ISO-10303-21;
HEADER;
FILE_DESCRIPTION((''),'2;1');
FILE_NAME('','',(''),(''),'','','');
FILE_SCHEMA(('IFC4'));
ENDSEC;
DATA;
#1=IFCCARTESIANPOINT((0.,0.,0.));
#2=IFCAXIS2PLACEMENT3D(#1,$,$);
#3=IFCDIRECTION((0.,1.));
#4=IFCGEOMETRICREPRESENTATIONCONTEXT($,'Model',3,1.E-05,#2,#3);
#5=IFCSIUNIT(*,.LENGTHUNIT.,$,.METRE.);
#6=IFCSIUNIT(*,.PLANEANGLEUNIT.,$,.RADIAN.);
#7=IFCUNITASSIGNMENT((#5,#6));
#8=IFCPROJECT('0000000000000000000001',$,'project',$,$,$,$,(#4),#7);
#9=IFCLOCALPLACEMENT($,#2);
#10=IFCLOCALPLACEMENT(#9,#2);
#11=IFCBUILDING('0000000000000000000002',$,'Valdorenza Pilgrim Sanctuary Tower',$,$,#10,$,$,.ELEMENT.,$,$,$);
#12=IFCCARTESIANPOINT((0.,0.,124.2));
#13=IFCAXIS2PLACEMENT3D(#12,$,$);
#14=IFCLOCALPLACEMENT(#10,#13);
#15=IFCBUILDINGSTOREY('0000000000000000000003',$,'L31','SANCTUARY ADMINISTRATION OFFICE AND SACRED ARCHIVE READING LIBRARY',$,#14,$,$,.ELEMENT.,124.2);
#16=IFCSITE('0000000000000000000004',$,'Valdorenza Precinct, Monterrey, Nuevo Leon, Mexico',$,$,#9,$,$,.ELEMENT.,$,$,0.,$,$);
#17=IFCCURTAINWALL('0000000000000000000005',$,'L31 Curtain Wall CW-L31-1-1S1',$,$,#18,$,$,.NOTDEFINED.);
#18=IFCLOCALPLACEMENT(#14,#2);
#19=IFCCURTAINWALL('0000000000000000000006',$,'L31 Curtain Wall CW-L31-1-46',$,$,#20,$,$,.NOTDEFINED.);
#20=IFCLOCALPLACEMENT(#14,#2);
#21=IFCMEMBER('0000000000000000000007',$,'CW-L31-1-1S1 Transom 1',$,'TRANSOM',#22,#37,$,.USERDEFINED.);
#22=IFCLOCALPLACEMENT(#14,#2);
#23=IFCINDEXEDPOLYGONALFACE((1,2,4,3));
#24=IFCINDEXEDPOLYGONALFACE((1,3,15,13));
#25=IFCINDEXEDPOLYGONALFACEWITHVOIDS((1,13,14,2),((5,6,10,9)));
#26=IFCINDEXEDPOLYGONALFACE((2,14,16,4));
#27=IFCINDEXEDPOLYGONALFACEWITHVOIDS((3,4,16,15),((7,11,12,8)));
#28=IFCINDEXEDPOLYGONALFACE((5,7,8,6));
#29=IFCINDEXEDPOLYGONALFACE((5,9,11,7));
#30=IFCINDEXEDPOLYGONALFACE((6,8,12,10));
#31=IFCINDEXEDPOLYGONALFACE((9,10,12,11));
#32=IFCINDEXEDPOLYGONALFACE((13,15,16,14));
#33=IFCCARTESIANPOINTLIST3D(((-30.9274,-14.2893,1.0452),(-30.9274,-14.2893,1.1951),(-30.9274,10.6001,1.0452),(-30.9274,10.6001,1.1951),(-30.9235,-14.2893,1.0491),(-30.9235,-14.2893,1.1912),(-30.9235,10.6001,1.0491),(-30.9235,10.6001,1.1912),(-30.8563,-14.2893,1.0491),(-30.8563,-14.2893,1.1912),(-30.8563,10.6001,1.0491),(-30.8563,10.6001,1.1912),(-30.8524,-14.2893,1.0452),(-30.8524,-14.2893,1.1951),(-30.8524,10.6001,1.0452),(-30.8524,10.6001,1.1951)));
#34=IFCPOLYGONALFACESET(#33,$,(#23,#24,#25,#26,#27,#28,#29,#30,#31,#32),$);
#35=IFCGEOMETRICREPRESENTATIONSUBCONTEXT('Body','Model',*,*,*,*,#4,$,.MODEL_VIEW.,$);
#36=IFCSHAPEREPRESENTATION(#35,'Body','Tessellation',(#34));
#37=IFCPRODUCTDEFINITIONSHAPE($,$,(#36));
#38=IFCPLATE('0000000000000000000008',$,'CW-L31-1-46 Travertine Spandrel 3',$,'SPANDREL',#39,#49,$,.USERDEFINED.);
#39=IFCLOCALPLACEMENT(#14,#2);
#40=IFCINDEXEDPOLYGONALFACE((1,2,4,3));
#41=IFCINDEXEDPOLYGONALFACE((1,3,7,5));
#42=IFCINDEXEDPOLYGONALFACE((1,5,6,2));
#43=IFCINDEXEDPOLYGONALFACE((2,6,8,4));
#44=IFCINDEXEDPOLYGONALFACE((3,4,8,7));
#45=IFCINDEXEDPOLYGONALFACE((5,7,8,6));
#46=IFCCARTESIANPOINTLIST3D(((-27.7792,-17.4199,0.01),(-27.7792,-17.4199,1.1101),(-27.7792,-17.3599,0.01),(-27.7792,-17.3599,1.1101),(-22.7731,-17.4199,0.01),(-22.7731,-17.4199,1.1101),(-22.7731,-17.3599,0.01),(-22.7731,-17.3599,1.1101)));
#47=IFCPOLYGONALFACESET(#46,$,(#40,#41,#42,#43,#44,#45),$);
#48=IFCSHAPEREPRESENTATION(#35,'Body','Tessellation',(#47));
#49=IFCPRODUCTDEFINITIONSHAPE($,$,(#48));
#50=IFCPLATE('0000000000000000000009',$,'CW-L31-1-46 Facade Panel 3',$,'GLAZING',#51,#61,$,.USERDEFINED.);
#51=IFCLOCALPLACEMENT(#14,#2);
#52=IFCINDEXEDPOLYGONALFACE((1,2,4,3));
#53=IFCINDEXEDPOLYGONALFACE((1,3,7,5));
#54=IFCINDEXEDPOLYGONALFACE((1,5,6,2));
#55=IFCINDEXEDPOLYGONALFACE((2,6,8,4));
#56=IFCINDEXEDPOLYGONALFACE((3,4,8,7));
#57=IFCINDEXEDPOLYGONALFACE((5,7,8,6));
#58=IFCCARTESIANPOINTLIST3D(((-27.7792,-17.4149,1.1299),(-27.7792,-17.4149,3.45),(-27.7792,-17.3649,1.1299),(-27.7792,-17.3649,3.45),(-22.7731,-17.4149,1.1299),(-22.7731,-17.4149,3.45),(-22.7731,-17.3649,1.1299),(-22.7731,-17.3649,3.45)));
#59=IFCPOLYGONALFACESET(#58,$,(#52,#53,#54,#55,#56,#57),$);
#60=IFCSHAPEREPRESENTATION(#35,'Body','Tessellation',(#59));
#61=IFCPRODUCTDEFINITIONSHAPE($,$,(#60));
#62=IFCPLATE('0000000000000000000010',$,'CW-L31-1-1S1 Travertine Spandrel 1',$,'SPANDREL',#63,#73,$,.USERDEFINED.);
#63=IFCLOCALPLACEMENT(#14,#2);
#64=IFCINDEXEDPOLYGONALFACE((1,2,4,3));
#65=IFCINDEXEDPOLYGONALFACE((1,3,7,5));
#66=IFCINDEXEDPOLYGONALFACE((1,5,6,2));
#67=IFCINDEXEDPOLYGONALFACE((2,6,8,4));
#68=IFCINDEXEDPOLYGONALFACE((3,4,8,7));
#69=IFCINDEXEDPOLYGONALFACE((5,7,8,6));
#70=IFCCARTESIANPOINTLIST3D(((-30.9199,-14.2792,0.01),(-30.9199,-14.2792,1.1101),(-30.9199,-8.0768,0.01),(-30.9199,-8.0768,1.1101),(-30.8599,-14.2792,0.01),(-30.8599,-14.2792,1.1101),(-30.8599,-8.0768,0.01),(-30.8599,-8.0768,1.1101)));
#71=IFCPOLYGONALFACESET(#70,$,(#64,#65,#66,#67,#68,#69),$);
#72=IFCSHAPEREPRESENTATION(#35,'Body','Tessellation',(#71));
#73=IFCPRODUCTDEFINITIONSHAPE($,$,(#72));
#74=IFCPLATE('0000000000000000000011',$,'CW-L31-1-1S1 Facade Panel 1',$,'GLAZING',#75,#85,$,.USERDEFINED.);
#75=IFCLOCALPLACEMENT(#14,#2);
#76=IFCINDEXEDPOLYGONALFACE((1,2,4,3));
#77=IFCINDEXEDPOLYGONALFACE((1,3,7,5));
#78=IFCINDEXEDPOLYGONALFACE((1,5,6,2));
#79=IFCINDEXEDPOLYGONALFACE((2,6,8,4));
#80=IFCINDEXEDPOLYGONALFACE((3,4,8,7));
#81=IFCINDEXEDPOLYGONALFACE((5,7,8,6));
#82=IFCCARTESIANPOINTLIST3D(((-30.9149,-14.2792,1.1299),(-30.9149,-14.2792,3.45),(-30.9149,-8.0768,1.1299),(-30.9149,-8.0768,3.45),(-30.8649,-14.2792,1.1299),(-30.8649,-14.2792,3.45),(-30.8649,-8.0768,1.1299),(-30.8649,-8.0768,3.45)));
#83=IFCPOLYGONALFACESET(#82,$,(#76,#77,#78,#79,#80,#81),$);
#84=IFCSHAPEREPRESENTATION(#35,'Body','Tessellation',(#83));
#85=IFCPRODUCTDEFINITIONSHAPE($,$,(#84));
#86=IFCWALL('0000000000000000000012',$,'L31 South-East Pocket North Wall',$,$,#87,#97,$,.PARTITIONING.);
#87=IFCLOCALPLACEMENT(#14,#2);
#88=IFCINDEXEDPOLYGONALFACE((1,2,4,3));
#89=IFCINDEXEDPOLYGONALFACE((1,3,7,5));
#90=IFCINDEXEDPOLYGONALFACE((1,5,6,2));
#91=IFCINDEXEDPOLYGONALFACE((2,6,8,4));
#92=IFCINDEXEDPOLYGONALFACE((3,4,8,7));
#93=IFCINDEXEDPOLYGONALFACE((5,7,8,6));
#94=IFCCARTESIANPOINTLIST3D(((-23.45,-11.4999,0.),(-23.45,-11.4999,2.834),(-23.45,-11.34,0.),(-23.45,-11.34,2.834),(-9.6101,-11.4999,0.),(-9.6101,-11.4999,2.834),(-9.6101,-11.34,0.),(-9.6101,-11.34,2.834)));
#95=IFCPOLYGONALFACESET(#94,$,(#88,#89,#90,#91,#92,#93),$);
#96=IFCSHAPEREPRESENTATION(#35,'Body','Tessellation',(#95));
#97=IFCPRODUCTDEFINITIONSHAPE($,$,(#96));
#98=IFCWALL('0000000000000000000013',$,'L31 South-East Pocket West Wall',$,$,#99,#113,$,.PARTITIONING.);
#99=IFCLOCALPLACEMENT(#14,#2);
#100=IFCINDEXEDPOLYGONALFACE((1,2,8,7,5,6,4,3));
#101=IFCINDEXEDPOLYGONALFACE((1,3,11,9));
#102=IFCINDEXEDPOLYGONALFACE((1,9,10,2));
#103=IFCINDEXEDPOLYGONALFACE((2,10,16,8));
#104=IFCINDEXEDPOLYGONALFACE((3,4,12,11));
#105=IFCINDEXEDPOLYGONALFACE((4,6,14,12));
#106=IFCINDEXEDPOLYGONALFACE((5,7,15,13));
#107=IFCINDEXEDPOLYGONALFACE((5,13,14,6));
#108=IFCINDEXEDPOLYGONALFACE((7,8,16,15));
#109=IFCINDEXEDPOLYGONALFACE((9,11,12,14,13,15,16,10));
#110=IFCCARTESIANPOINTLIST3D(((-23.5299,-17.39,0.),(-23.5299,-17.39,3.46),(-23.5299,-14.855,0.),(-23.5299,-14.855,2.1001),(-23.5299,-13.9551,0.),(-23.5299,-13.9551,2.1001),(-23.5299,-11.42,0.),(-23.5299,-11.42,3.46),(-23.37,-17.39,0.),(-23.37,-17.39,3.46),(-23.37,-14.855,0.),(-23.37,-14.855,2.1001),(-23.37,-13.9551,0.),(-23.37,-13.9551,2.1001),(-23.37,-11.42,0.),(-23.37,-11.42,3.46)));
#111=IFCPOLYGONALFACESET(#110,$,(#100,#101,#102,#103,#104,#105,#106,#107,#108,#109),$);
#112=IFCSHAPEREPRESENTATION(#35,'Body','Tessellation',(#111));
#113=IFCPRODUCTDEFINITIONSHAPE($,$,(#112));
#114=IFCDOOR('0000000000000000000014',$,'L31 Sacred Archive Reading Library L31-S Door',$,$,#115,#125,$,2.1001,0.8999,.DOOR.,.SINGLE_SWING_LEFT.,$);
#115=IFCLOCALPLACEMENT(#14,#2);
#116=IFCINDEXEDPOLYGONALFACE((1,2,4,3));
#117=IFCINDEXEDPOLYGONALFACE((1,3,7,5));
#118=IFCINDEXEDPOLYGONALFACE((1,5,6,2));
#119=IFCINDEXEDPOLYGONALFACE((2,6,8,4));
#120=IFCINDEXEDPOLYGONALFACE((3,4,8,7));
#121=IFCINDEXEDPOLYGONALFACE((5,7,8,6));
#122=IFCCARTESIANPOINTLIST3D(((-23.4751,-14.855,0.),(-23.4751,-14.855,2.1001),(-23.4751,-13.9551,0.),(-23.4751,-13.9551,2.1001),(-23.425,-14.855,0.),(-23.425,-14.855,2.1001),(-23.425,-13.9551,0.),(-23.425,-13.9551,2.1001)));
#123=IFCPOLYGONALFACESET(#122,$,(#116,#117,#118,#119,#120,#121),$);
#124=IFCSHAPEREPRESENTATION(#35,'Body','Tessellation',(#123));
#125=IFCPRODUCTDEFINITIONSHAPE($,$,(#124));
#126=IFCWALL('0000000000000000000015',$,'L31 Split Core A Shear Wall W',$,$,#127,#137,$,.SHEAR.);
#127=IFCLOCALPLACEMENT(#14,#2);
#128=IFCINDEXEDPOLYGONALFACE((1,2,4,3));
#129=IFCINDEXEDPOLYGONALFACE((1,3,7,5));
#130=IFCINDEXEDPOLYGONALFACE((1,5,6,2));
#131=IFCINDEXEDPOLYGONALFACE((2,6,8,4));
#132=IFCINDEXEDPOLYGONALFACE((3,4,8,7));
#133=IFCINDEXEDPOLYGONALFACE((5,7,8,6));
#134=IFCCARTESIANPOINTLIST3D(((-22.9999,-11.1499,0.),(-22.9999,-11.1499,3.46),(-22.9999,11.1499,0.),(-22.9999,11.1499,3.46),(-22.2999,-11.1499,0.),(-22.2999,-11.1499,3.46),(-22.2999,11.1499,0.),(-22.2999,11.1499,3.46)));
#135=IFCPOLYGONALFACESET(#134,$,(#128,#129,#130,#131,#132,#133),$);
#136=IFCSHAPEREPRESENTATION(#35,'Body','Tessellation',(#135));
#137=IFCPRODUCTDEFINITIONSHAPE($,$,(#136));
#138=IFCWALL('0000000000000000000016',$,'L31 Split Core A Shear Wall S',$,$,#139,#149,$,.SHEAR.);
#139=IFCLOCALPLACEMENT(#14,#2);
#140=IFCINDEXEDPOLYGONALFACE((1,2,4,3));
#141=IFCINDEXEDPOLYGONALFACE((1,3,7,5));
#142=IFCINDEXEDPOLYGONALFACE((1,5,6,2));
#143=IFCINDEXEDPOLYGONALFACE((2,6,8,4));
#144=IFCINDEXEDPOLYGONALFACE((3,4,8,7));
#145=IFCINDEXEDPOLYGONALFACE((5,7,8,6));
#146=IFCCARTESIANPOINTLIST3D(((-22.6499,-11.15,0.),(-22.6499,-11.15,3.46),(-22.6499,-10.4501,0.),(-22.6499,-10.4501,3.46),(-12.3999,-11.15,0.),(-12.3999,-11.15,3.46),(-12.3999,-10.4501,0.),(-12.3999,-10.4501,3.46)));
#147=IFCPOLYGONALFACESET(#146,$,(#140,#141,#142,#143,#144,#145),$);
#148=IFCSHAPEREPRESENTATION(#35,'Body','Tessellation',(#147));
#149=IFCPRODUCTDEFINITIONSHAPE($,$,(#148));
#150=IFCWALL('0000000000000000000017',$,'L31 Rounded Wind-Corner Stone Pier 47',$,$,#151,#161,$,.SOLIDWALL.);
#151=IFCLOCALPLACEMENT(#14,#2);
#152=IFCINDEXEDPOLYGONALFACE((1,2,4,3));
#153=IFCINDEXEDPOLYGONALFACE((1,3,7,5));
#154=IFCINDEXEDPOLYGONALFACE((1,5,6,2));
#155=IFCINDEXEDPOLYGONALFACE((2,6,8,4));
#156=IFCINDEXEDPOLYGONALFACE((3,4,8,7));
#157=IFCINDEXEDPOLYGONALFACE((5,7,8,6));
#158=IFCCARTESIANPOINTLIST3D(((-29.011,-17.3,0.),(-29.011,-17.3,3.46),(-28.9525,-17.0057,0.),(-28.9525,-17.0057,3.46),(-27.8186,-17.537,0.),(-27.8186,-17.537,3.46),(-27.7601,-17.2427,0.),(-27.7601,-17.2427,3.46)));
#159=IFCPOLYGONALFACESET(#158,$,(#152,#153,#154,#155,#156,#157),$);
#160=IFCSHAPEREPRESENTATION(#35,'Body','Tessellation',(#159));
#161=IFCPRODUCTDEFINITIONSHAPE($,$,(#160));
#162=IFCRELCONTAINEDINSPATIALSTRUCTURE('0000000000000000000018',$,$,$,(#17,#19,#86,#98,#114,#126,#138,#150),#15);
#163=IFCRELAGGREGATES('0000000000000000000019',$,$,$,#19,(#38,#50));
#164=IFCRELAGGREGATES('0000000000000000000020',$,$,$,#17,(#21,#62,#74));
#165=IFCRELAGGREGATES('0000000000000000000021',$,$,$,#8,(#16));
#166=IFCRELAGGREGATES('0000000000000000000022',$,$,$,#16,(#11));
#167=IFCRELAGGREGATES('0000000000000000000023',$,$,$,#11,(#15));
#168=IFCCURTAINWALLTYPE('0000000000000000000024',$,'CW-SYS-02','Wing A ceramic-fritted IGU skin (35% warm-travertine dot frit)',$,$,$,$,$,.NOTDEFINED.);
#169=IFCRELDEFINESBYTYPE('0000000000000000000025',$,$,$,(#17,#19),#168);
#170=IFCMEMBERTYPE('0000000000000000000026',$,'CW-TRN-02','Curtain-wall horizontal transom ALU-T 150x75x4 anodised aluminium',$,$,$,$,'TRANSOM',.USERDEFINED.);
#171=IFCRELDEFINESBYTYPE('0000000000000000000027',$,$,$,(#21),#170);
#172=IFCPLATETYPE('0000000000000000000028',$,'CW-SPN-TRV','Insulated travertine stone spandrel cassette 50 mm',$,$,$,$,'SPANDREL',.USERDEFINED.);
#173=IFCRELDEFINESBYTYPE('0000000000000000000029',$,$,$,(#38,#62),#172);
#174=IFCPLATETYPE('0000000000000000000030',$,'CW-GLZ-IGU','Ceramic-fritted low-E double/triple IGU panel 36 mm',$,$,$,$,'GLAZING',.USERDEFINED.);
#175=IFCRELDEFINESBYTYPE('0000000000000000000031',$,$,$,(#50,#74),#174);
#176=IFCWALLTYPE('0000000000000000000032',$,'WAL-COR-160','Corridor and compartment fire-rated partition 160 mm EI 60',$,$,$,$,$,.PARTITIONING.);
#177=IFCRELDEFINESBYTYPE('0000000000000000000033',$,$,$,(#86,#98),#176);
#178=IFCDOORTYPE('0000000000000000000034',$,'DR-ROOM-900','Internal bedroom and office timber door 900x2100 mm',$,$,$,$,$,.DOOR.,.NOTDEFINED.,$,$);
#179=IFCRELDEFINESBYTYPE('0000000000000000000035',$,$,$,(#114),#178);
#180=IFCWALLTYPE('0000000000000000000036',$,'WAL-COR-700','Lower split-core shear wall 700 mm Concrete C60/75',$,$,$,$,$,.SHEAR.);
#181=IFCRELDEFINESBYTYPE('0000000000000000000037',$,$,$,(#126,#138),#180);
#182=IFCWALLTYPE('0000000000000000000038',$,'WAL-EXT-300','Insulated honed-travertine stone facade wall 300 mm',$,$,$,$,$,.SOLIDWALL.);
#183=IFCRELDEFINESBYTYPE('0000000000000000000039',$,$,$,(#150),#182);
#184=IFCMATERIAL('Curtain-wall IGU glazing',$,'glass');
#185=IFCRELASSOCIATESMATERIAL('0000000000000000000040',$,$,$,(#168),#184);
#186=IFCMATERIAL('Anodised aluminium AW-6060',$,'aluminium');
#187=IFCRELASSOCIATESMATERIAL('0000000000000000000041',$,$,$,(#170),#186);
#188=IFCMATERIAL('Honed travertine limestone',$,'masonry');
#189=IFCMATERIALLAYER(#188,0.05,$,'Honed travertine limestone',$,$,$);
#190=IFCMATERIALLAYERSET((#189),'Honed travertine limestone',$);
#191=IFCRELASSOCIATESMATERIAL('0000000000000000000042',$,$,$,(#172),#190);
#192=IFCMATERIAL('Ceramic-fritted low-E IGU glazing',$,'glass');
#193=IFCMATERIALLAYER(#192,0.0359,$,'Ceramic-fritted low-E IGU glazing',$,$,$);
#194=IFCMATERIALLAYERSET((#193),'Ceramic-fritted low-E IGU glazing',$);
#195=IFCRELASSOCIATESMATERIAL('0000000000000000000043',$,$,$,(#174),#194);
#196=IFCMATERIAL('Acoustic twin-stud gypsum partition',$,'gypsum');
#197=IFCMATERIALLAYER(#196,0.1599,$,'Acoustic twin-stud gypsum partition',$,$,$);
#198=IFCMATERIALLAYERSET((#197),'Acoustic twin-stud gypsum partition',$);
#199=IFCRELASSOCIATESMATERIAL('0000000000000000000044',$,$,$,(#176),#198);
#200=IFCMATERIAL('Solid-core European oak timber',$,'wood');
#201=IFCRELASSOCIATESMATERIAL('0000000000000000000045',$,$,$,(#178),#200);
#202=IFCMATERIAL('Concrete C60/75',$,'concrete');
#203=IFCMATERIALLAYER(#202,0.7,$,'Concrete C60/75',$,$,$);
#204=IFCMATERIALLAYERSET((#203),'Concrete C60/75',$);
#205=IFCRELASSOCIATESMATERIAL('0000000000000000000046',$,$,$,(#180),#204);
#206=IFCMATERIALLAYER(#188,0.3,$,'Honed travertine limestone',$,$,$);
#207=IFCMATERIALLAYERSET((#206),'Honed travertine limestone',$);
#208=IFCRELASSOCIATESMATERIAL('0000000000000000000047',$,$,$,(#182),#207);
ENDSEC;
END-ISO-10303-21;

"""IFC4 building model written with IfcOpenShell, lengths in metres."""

from ifc_helpers import new_model, si_unit, direction, frame, frame_2d, origin, origin_2d, place, context, subcontext, project, spatial, rectangle, hollow_rectangle, extrude, source, transform, mapped, material, layer, layer_set, material_profile, profile_set, type_object, element, fill, aggregate, save


model = new_model("IFC4")

# Units and contexts
model_context = context("Model", 3, precision=1e-05, world=origin(), true_north=direction((0.0, 1.0)))
body_context = subcontext(model_context, "Body", "Model", "MODEL_VIEW")
ifc_project = project(units=[si_unit("LENGTHUNIT", "METRE"), si_unit("PLANEANGLEUNIT", "RADIAN")], contexts=[model_context])

# Site, building, storey
site_placement = place(None, origin())
site = spatial("IfcSite", under=ifc_project, at=site_placement, Name="Valdorenza Precinct, Monterrey, Nuevo Leon, Mexico", CompositionType="ELEMENT", RefElevation=0.0)
building_placement = place(site_placement, origin())
building = spatial("IfcBuilding", under=site, at=building_placement, Name="Valdorenza Pilgrim Sanctuary Tower", CompositionType="ELEMENT")
storey_placement = place(building_placement, frame((0.0, 0.0, 124.2)))
storey = spatial("IfcBuildingStorey", under=building, at=storey_placement, Name="L31", Description="SANCTUARY ADMINISTRATION OFFICE AND SACRED ARCHIVE READING LIBRARY", CompositionType="ELEMENT", Elevation=124.2)

# Shared definitions
ifc_material_1 = material(Name="Concrete C60/75", Category="concrete")

# Curtain wall
ifc_material_2 = material(Name="Curtain-wall IGU glazing", Category="glass")
curtain_wall_type = type_object("IfcCurtainWallType", Name="CW-SYS-02", Description="Wing A ceramic-fritted IGU skin (35% warm-travertine dot frit)", PredefinedType="NOTDEFINED", material=ifc_material_2)
curtain_wall_1_placement = place(storey_placement, origin())
curtain_wall_1 = element("IfcCurtainWall", 1, at=curtain_wall_1_placement, inside=storey, type_object=curtain_wall_type, Name="L31 Curtain Wall CW-L31-1-1S1", PredefinedType="NOTDEFINED")
ifc_material_3 = material(Name="Anodised aluminium AW-6060", Category="aluminium")

# Curtain wall
curtain_wall_2_placement = place(storey_placement, origin())
curtain_wall_2 = element("IfcCurtainWall", 2, at=curtain_wall_2_placement, inside=storey, type_object=curtain_wall_type, Name="L31 Curtain Wall CW-L31-1-46", PredefinedType="NOTDEFINED")

# Member
ifc_material_profile_1 = material_profile(ifc_material_3, hollow_rectangle(XDim=0.075, YDim=0.1499, WallThickness=0.0039, at=origin_2d()), Name="ALU-T 150x75x4")
ifc_profile_set_1 = profile_set([ifc_material_profile_1], Name="Anodised aluminium AW-6060")
member_type_1 = type_object("IfcMemberType", Name="CW-TRN-02", Description="Curtain-wall horizontal transom ALU-T 150x75x4 anodised aluminium", ElementType="TRANSOM", PredefinedType="USERDEFINED", material=ifc_profile_set_1)
shared_shape_1 = source(origin(), body_context, "Body", "SweptSolid", [
    extrude(hollow_rectangle(XDim=0.075, YDim=0.1499, WallThickness=0.0039, at=origin_2d()), origin(), (0.0, 0.0, 1.0), 24.8894),
])
member_1_placement = place(storey_placement, frame((-30.8899, -14.2893, 1.1201), z_axis=(0.0, 1.0, 0.0), x_axis=(-1.0, 0.0, 0.0)))
member_1 = element("IfcMember", 3, at=member_1_placement, type_object=member_type_1, Name="CW-L31-1-1S1 Transom 1", ObjectType="TRANSOM", PredefinedType="USERDEFINED", context=body_context, shape_type="MappedRepresentation", body=[
    mapped(shared_shape_1, transform((0.0, 0.0, 0.0), x_axis=(1.0, 0.0, 0.0), y_axis=(0.0, 1.0, 0.0), z_axis=(0.0, 0.0, 1.0), scale=1.0)),
])

# Plates
ifc_material_4 = material(Name="Honed travertine limestone", Category="masonry")
ifc_layer_1 = layer(ifc_material_4, 0.05, Name="Honed travertine limestone")
ifc_layer_set_1 = layer_set([ifc_layer_1], Name="Honed travertine limestone")
plate_type_1 = type_object("IfcPlateType", Name="CW-SPN-TRV", Description="Insulated travertine stone spandrel cassette 50 mm", ElementType="SPANDREL", PredefinedType="USERDEFINED", material=ifc_layer_set_1)
shared_shape_2 = source(origin(), body_context, "Body", "SweptSolid", [
    extrude(rectangle(XDim=5.0061, YDim=0.0601, at=origin_2d()), origin(), (0.0, 0.0, 1.0), 1.1001),
])
plate_1_placement = place(storey_placement, frame((-25.2761, -17.3899, 0.01), z_axis=(0.0, 0.0, 1.0), x_axis=(-1.0, 0.0, 0.0)))
plate_1 = element("IfcPlate", 4, at=plate_1_placement, type_object=plate_type_1, Name="CW-L31-1-46 Travertine Spandrel 3", ObjectType="SPANDREL", PredefinedType="USERDEFINED", context=body_context, shape_type="MappedRepresentation", body=[
    mapped(shared_shape_2, transform((0.0, 0.0, 0.0), x_axis=(1.0, 0.0, 0.0), y_axis=(0.0, 1.0, 0.0), z_axis=(0.0, 0.0, 1.0), scale=1.0)),
])
ifc_material_5 = material(Name="Ceramic-fritted low-E IGU glazing", Category="glass")
ifc_layer_2 = layer(ifc_material_5, 0.0359, Name="Ceramic-fritted low-E IGU glazing")
ifc_layer_set_2 = layer_set([ifc_layer_2], Name="Ceramic-fritted low-E IGU glazing")
plate_type_2 = type_object("IfcPlateType", Name="CW-GLZ-IGU", Description="Ceramic-fritted low-E double/triple IGU panel 36 mm", ElementType="GLAZING", PredefinedType="USERDEFINED", material=ifc_layer_set_2)
shared_shape_3 = source(origin(), body_context, "Body", "SweptSolid", [
    extrude(rectangle(XDim=5.0061, YDim=0.05, at=origin_2d()), origin(), (0.0, 0.0, 1.0), 2.3201),
])
plate_2_placement = place(storey_placement, frame((-25.2761, -17.3899, 1.1299), z_axis=(0.0, 0.0, 1.0), x_axis=(-1.0, 0.0, 0.0)))
plate_2 = element("IfcPlate", 5, at=plate_2_placement, type_object=plate_type_2, Name="CW-L31-1-46 Facade Panel 3", ObjectType="GLAZING", PredefinedType="USERDEFINED", context=body_context, shape_type="MappedRepresentation", body=[
    mapped(shared_shape_3, transform((0.0, 0.0, 0.0), x_axis=(1.0, 0.0, 0.0), y_axis=(0.0, 1.0, 0.0), z_axis=(0.0, 0.0, 1.0), scale=1.0)),
])
aggregate(curtain_wall_2, [plate_1, plate_2])
shared_shape_4 = source(origin(), body_context, "Body", "SweptSolid", [
    extrude(rectangle(XDim=6.2024, YDim=0.0601, at=origin_2d()), origin(), (0.0, 0.0, 1.0), 1.1001),
])
plate_3_placement = place(storey_placement, frame((-30.8899, -11.178, 0.01), z_axis=(0.0, 0.0, 1.0), x_axis=(0.0, 1.0, 0.0)))
plate_3 = element("IfcPlate", 6, at=plate_3_placement, type_object=plate_type_1, Name="CW-L31-1-1S1 Travertine Spandrel 1", ObjectType="SPANDREL", PredefinedType="USERDEFINED", context=body_context, shape_type="MappedRepresentation", body=[
    mapped(shared_shape_4, transform((0.0, 0.0, 0.0), x_axis=(1.0, 0.0, 0.0), y_axis=(0.0, 1.0, 0.0), z_axis=(0.0, 0.0, 1.0), scale=1.0)),
])
shared_shape_5 = source(origin(), body_context, "Body", "SweptSolid", [
    extrude(rectangle(XDim=6.2024, YDim=0.05, at=origin_2d()), origin(), (0.0, 0.0, 1.0), 2.3201),
])
plate_4_placement = place(storey_placement, frame((-30.8899, -11.178, 1.1299), z_axis=(0.0, 0.0, 1.0), x_axis=(0.0, 1.0, 0.0)))
plate_4 = element("IfcPlate", 7, at=plate_4_placement, type_object=plate_type_2, Name="CW-L31-1-1S1 Facade Panel 1", ObjectType="GLAZING", PredefinedType="USERDEFINED", context=body_context, shape_type="MappedRepresentation", body=[
    mapped(shared_shape_5, transform((0.0, 0.0, 0.0), x_axis=(1.0, 0.0, 0.0), y_axis=(0.0, 1.0, 0.0), z_axis=(0.0, 0.0, 1.0), scale=1.0)),
])
aggregate(curtain_wall_1, [member_1, plate_3, plate_4])

# Wall
ifc_material_6 = material(Name="Acoustic twin-stud gypsum partition", Category="gypsum")
ifc_layer_3 = layer(ifc_material_6, 0.1599, Name="Acoustic twin-stud gypsum partition")
ifc_layer_set_3 = layer_set([ifc_layer_3], Name="Acoustic twin-stud gypsum partition")
wall_type_1 = type_object("IfcWallType", Name="WAL-COR-160", Description="Corridor and compartment fire-rated partition 160 mm EI 60", PredefinedType="PARTITIONING", material=ifc_layer_set_3)
wall_1_placement = place(storey_placement, frame((-23.45, -11.4199, 0.0), z_axis=(0.0, 0.0, 1.0), x_axis=(1.0, 0.0, 0.0)))
element("IfcWall", 8, at=wall_1_placement, inside=storey, type_object=wall_type_1, Name="L31 South-East Pocket North Wall", PredefinedType="PARTITIONING", context=body_context, shape_type="SweptSolid", body=[
    extrude(rectangle(XDim=13.8398, YDim=0.1599, at=frame_2d((6.9199, 0.0))), origin(), (0.0, 0.0, 1.0), 2.834),
])

# Wall, opening, door
wall_2_placement = place(storey_placement, frame((-23.45, -17.3899, 0.0), z_axis=(0.0, 0.0, 1.0), x_axis=(0.0, 1.0, 0.0)))
wall_2 = element("IfcWall", 9, at=wall_2_placement, inside=storey, type_object=wall_type_1, Name="L31 South-East Pocket West Wall", PredefinedType="PARTITIONING", context=body_context, shape_type="SweptSolid", body=[
    extrude(rectangle(XDim=5.97, YDim=0.1599, at=frame_2d((2.9849, 0.0))), origin(), (0.0, 0.0, 1.0), 3.46),
])
opening_placement = place(wall_2_placement, frame((2.5349, 0.0, 0.0)))
opening = element("IfcOpeningElement", 10, at=opening_placement, cuts=wall_2, PredefinedType="OPENING", context=body_context, shape_type="SweptSolid", body=[
    extrude(rectangle(XDim=0.8999, YDim=2.1001, at=frame_2d((0.45, 1.05))), frame((0.0, 0.0947, 0.0), z_axis=(0.0, -1.0, 0.0), x_axis=(1.0, 0.0, 0.0)), (0.0, 0.0, 1.0), 0.1897),
])
ifc_material_7 = material(Name="Solid-core European oak timber", Category="wood")
door_type = type_object("IfcDoorType", Name="DR-ROOM-900", Description="Internal bedroom and office timber door 900x2100 mm", OperationType="NOTDEFINED", PredefinedType="DOOR", material=ifc_material_7)
door_placement = place(opening_placement, frame((0.8999, 0.0, 0.0), z_axis=(0.0, 0.0, 1.0), x_axis=(-1.0, 0.0, 0.0)))
door = element("IfcDoor", 11, at=door_placement, inside=storey, type_object=door_type, Name="L31 Sacred Archive Reading Library L31-S Door", OperationType="SINGLE_SWING_LEFT", OverallHeight=2.1001, OverallWidth=0.8999, PredefinedType="DOOR", context=body_context, shape_type="SweptSolid", body=[
    extrude(rectangle(XDim=0.8999, YDim=2.1001, at=frame_2d((0.45, 1.05))), frame((0.0, 0.0249, 0.0), z_axis=(0.0, -1.0, 0.0), x_axis=(1.0, 0.0, 0.0)), (0.0, 0.0, 1.0), 0.05),
])
fill(opening, door)

# Walls
ifc_layer_4 = layer(ifc_material_1, 0.7, Name="Concrete C60/75")
ifc_layer_set_4 = layer_set([ifc_layer_4], Name="Concrete C60/75")
wall_type_2 = type_object("IfcWallType", Name="WAL-COR-700", Description="Lower split-core shear wall 700 mm Concrete C60/75", PredefinedType="SHEAR", material=ifc_layer_set_4)
wall_3_placement = place(storey_placement, frame((-22.6499, -11.1499, 0.0), z_axis=(0.0, 0.0, 1.0), x_axis=(0.0, 1.0, 0.0)))
element("IfcWall", 12, at=wall_3_placement, inside=storey, type_object=wall_type_2, Name="L31 Split Core A Shear Wall W", PredefinedType="SHEAR", context=body_context, shape_type="SweptSolid", body=[
    extrude(rectangle(XDim=22.2998, YDim=0.7, at=frame_2d((11.1499, 0.0))), origin(), (0.0, 0.0, 1.0), 3.46),
])
wall_4_placement = place(storey_placement, frame((-22.6499, -10.8, 0.0), z_axis=(0.0, 0.0, 1.0), x_axis=(1.0, 0.0, 0.0)))
element("IfcWall", 13, at=wall_4_placement, inside=storey, type_object=wall_type_2, Name="L31 Split Core A Shear Wall S", PredefinedType="SHEAR", context=body_context, shape_type="SweptSolid", body=[
    extrude(rectangle(XDim=10.25, YDim=0.7, at=frame_2d((5.125, 0.0))), origin(), (0.0, 0.0, 1.0), 3.46),
])
ifc_layer_5 = layer(ifc_material_4, 0.3, Name="Honed travertine limestone")
ifc_layer_set_5 = layer_set([ifc_layer_5], Name="Honed travertine limestone")
wall_type_3 = type_object("IfcWallType", Name="WAL-EXT-300", Description="Insulated honed-travertine stone facade wall 300 mm", PredefinedType="SOLIDWALL", material=ifc_layer_set_5)
wall_5_placement = place(storey_placement, frame((-27.7893, -17.3899, 0.0), z_axis=(0.0, 0.0, 1.0), x_axis=(-0.980804, 0.194996, 0.0)))
element("IfcWall", 14, at=wall_5_placement, inside=storey, type_object=wall_type_3, Name="L31 Rounded Wind-Corner Stone Pier 47", PredefinedType="SOLIDWALL", context=body_context, shape_type="SweptSolid", body=[
    extrude(rectangle(XDim=1.2158, YDim=0.3, at=frame_2d((0.6079, 0.0))), origin(), (0.0, 0.0, 1.0), 3.46),
])

save(model, "model.ifc")
